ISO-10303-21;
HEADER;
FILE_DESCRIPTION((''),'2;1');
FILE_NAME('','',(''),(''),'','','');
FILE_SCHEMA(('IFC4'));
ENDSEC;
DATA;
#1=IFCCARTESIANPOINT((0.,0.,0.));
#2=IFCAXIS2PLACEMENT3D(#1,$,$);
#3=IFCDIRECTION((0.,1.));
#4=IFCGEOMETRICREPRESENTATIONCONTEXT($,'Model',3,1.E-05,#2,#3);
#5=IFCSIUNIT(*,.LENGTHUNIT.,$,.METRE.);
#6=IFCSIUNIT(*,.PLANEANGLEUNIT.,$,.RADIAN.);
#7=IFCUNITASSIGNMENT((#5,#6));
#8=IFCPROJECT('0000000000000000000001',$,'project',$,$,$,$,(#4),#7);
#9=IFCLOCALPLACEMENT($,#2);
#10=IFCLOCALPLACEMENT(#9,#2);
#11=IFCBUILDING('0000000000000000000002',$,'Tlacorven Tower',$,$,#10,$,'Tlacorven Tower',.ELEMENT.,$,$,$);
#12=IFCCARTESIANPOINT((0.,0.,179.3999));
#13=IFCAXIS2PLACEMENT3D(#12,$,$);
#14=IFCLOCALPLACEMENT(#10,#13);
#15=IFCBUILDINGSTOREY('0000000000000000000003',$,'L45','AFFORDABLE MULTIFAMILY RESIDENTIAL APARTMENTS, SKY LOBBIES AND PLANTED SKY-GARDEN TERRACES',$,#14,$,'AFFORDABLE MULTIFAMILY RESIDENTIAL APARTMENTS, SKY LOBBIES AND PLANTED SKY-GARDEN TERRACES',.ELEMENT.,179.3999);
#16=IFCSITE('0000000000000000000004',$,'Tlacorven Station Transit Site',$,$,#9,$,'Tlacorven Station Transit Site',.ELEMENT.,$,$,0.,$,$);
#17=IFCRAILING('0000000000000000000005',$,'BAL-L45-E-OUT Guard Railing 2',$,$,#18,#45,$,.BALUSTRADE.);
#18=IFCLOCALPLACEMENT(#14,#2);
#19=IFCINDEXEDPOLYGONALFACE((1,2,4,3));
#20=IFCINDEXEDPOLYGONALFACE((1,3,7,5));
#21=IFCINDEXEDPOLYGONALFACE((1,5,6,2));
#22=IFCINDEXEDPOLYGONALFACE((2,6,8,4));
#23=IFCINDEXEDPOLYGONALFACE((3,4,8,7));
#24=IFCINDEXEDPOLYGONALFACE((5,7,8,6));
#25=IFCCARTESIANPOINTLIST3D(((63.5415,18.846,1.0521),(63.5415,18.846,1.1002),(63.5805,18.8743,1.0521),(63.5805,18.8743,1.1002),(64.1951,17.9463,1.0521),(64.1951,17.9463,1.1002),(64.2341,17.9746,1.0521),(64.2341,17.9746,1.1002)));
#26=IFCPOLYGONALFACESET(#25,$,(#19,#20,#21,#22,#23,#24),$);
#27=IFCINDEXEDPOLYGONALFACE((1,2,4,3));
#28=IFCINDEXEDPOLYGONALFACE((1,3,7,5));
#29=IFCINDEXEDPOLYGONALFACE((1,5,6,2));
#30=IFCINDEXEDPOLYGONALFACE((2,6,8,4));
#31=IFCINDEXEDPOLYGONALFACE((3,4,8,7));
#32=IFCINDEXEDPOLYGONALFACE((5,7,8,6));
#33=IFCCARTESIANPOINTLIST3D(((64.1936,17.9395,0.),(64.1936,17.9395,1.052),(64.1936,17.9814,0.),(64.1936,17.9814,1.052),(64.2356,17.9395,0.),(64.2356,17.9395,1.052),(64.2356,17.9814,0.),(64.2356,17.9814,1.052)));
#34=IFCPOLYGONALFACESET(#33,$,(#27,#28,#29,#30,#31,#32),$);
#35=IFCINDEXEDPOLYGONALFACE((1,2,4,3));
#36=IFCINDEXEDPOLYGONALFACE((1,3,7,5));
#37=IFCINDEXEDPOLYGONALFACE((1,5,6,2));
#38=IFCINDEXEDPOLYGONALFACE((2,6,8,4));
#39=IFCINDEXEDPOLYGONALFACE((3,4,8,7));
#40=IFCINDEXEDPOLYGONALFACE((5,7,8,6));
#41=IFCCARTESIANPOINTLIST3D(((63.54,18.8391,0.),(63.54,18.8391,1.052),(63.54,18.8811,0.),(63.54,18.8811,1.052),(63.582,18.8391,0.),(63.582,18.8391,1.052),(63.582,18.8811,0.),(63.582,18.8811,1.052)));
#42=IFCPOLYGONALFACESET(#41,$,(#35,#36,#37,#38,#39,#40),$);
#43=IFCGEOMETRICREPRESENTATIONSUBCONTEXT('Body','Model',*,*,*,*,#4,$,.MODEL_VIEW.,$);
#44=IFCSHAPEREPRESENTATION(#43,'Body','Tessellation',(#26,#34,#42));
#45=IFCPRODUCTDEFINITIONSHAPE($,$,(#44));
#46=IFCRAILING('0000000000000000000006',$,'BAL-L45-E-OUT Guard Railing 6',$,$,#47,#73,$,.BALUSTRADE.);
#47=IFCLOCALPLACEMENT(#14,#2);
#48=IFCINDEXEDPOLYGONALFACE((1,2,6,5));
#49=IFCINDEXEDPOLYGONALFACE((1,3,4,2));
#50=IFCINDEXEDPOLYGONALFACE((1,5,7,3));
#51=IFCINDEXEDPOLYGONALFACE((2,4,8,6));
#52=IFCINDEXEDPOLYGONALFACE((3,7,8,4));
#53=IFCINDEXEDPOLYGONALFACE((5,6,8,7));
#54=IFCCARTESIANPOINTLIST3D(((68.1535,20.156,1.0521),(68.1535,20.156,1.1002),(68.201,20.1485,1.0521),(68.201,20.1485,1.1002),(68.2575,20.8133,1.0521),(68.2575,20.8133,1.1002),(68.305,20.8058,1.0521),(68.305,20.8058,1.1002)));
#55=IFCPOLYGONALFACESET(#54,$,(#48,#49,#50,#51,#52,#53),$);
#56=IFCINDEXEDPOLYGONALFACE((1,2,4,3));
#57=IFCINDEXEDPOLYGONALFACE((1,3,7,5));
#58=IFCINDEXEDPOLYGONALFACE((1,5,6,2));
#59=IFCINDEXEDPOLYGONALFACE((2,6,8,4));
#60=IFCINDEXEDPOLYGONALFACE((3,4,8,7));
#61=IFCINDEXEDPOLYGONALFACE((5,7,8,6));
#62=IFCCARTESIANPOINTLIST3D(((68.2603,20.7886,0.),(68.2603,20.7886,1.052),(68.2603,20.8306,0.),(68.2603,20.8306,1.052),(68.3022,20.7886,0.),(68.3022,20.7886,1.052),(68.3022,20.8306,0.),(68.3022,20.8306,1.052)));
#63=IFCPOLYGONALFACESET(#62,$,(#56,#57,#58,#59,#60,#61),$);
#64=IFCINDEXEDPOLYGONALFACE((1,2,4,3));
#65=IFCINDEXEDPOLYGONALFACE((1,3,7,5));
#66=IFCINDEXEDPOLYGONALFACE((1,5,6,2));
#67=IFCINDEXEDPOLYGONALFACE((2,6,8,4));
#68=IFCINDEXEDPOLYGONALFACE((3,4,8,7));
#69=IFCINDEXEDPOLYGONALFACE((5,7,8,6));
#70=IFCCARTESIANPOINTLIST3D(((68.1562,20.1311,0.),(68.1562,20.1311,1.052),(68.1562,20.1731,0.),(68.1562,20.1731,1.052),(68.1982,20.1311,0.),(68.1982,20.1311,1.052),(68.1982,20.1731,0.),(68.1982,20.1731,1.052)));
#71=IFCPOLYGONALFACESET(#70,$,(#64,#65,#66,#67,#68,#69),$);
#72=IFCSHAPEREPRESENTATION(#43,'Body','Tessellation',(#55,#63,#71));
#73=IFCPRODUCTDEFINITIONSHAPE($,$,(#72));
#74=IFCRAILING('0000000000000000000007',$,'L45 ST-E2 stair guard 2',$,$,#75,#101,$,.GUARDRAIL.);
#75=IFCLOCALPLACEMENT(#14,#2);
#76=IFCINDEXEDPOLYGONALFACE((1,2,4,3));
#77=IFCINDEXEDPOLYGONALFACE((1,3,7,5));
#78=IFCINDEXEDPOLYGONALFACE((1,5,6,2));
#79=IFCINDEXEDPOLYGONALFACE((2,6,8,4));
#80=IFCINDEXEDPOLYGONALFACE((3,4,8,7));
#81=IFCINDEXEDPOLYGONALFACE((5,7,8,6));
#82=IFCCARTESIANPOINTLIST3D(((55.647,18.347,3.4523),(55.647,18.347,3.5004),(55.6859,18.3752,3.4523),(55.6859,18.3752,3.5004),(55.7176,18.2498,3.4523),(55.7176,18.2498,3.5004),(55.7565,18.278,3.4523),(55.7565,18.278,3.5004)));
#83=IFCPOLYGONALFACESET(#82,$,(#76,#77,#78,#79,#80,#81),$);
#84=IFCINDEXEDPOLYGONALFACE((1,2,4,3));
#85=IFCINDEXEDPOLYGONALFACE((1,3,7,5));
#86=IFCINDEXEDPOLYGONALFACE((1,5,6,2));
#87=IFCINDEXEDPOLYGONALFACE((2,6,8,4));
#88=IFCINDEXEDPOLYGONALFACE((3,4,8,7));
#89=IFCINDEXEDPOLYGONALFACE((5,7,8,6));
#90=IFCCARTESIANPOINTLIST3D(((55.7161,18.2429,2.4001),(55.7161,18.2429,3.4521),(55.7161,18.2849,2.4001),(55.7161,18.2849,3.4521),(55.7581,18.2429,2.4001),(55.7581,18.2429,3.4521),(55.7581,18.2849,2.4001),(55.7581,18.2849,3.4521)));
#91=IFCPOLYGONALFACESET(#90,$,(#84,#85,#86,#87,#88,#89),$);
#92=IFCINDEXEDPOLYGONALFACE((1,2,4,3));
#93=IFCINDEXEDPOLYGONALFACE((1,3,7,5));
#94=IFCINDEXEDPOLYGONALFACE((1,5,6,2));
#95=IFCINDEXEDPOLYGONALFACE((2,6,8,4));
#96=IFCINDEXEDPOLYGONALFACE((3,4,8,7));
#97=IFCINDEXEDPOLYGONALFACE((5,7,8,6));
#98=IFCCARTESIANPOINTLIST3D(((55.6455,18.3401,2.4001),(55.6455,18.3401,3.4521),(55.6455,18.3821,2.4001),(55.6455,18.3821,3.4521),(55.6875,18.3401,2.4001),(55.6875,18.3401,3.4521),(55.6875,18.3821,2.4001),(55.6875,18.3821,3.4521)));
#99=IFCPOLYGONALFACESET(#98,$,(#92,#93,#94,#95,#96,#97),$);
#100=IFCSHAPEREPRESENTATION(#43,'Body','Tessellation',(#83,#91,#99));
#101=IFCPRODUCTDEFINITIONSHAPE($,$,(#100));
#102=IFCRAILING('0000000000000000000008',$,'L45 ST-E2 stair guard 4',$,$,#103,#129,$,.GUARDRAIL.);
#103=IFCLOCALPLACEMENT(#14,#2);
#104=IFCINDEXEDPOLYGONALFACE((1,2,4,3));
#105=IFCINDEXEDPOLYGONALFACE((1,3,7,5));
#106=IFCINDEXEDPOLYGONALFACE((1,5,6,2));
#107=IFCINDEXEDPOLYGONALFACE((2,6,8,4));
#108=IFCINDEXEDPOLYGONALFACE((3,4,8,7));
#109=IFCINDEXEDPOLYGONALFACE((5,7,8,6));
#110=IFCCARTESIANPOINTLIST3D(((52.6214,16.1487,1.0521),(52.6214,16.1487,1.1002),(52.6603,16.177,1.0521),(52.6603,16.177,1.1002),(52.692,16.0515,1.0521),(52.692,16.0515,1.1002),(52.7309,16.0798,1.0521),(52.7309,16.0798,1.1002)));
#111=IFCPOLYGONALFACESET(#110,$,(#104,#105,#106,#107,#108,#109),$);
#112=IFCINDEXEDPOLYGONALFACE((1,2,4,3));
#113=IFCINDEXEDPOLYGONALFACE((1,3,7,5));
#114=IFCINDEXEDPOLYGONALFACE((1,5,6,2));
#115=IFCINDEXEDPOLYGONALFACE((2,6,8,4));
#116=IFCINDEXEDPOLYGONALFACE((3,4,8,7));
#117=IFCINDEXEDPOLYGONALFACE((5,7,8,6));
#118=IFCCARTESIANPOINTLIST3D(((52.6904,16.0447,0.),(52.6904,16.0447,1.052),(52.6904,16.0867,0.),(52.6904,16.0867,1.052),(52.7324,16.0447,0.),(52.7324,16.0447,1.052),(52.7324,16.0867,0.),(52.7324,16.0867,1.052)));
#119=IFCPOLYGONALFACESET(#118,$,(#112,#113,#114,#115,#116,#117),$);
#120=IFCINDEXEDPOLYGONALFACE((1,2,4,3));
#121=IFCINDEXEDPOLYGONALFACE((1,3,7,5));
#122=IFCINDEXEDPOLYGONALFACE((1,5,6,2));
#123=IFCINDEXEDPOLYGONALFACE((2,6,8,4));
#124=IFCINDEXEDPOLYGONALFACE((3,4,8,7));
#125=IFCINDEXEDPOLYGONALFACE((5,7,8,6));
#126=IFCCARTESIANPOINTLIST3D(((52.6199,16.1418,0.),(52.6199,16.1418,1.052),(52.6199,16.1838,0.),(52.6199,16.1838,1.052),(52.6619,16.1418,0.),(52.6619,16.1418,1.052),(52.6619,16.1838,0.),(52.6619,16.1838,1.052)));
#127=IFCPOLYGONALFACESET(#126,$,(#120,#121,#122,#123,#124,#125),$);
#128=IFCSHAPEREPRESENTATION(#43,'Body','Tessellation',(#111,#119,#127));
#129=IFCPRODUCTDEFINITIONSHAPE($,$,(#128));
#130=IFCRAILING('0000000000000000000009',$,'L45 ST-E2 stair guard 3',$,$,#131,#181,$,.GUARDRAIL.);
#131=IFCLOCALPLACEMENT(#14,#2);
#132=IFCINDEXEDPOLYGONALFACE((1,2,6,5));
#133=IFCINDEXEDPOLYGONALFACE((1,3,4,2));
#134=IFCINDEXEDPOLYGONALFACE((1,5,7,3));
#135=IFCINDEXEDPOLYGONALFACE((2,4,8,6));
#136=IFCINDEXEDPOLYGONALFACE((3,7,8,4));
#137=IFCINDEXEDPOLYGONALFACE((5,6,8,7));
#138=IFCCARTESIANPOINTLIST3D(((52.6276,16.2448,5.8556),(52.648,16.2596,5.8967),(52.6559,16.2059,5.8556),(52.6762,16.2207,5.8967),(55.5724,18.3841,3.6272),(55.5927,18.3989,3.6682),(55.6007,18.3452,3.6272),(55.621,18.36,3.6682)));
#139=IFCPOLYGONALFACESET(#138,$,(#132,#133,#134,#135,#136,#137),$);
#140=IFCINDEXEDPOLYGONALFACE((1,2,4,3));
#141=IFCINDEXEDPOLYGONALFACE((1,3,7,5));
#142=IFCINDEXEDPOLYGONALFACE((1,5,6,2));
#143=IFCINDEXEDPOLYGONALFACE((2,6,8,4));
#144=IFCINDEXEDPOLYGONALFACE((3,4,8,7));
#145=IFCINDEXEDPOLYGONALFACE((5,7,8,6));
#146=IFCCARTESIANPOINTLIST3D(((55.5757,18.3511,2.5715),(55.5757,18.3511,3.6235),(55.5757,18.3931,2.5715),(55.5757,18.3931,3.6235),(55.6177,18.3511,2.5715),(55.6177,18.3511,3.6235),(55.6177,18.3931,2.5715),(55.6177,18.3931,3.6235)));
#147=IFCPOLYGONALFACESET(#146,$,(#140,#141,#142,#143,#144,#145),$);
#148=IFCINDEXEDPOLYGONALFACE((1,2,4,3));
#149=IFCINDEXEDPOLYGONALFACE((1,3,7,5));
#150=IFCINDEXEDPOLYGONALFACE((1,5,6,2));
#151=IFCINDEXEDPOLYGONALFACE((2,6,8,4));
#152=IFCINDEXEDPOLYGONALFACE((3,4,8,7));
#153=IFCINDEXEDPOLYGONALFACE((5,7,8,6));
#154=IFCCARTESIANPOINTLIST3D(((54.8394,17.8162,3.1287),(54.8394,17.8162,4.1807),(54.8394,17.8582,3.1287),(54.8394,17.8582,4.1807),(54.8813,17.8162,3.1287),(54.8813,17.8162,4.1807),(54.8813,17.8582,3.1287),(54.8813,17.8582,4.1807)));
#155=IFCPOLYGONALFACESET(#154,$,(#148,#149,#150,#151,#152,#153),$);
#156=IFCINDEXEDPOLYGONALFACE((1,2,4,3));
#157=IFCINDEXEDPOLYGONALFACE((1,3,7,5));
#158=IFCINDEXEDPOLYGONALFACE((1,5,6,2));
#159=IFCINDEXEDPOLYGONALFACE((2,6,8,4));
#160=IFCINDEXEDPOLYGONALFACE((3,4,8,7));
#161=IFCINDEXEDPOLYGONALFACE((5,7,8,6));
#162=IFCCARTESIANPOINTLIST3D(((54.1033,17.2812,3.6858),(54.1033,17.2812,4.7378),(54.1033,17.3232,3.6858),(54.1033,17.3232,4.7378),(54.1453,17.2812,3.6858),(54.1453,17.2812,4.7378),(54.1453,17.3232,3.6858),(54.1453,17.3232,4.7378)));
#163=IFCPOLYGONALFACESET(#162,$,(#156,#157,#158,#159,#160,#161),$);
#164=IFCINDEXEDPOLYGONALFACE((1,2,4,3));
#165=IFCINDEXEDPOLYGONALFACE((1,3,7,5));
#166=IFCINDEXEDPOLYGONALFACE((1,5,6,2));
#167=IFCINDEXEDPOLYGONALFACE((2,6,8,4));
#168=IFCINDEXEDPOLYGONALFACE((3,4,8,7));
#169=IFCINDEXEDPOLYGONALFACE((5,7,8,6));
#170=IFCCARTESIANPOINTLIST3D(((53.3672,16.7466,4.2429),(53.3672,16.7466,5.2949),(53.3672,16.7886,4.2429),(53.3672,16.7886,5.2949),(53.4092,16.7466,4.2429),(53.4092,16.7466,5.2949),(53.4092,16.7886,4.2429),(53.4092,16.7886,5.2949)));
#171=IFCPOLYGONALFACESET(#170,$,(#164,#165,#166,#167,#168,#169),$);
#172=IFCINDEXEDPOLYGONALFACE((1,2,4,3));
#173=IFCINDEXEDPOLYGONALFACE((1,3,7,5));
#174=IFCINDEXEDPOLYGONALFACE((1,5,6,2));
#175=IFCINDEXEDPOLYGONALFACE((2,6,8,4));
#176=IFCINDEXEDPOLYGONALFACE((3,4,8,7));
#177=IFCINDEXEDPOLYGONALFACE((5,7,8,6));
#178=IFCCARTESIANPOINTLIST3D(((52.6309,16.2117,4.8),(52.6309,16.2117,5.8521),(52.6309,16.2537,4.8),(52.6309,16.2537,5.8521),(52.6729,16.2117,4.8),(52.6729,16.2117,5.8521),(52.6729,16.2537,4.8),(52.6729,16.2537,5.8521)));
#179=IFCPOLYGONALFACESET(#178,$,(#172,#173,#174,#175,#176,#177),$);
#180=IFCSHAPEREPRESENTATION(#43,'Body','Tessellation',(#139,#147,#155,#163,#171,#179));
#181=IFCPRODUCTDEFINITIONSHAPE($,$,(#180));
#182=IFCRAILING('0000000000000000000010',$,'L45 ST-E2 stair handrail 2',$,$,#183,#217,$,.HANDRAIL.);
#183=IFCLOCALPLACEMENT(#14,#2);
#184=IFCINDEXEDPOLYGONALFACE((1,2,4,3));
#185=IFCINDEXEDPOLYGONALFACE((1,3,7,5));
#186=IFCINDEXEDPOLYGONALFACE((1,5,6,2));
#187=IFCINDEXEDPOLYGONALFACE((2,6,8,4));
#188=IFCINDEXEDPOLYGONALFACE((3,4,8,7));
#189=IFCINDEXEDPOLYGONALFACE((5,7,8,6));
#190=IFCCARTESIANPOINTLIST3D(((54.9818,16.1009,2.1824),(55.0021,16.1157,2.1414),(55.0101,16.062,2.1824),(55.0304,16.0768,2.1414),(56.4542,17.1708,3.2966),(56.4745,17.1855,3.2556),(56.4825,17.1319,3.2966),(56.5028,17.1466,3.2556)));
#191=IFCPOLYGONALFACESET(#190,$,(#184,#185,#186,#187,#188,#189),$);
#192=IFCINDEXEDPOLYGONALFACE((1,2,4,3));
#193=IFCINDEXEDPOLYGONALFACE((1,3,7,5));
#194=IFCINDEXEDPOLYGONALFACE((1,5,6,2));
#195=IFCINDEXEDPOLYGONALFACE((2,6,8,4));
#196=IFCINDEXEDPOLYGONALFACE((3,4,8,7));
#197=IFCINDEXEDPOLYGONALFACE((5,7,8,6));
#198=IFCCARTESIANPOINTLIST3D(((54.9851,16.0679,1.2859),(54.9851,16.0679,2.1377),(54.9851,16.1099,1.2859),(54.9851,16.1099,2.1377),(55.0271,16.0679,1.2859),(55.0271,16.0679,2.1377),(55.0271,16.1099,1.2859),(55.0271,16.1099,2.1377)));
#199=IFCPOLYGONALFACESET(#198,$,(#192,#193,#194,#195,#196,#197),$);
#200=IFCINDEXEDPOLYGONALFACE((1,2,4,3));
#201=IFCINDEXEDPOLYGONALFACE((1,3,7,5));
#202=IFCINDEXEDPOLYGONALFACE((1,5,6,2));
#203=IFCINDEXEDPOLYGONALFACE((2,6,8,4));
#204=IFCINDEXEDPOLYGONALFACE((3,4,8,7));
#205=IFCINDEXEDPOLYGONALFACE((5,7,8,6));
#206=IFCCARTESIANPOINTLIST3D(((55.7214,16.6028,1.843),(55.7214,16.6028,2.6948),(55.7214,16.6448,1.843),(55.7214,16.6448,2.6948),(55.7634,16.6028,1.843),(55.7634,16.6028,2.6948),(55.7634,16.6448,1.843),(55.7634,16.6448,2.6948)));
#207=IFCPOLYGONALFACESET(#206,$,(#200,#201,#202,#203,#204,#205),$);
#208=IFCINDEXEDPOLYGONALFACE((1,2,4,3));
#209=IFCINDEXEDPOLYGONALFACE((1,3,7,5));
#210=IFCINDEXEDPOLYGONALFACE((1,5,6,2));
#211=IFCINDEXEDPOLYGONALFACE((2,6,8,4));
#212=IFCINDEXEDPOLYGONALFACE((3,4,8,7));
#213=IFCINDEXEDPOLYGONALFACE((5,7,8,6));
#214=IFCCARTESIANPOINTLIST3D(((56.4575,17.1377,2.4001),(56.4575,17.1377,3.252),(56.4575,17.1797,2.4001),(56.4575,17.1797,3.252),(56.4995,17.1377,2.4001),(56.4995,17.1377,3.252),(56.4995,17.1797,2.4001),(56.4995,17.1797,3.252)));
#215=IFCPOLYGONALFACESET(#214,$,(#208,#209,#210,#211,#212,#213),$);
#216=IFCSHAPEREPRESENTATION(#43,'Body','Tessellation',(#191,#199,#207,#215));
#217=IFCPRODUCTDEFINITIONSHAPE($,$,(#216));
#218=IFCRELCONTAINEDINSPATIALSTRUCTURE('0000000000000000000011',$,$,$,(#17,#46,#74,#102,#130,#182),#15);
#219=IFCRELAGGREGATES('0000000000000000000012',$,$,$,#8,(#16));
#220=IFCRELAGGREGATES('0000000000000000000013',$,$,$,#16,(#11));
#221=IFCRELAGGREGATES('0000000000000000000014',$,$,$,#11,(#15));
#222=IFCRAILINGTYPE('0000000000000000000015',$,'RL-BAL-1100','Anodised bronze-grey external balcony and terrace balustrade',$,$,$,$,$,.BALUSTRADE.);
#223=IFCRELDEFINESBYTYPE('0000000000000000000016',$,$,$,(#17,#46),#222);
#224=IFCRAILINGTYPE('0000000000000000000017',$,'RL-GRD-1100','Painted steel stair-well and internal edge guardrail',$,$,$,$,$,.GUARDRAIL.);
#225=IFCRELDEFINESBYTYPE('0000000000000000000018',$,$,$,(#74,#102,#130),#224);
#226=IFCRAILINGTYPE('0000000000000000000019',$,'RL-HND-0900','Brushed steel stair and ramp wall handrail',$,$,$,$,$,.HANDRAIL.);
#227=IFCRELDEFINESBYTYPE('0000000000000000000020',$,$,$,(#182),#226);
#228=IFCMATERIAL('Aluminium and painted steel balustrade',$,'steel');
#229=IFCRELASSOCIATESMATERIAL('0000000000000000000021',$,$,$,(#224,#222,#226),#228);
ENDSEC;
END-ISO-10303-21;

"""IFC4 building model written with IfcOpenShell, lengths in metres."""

from ifc_helpers import new_model, si_unit, direction, frame, origin, origin_2d, place, context, subcontext, project, spatial, rectangle, extrude, source, transform, mapped, material, type_object, element, save


model = new_model("IFC4")

# Units and contexts
model_context = context("Model", 3, precision=1e-05, world=origin(), true_north=direction((0.0, 1.0)))
body_context = subcontext(model_context, "Body", "Model", "MODEL_VIEW")
ifc_project = project(units=[si_unit("LENGTHUNIT", "METRE"), si_unit("PLANEANGLEUNIT", "RADIAN")], contexts=[model_context])

# Site, building, storey
site_placement = place(None, origin())
site = spatial("IfcSite", under=ifc_project, at=site_placement, Name="Tlacorven Station Transit Site", LongName="Tlacorven Station Transit Site", CompositionType="ELEMENT", RefElevation=0.0)
building_placement = place(site_placement, origin())
building = spatial("IfcBuilding", under=site, at=building_placement, Name="Tlacorven Tower", LongName="Tlacorven Tower", CompositionType="ELEMENT")
storey_placement = place(building_placement, frame((0.0, 0.0, 179.3999)))
storey = spatial("IfcBuildingStorey", under=building, at=storey_placement, Name="L45", Description="AFFORDABLE MULTIFAMILY RESIDENTIAL APARTMENTS, SKY LOBBIES AND PLANTED SKY-GARDEN TERRACES", LongName="AFFORDABLE MULTIFAMILY RESIDENTIAL APARTMENTS, SKY LOBBIES AND PLANTED SKY-GARDEN TERRACES", CompositionType="ELEMENT", Elevation=179.3999)

# Railings
ifc_material_1 = material(Name="Aluminium and painted steel balustrade", Category="steel")
railing_type_1 = type_object("IfcRailingType", Name="RL-GRD-1100", Description="Painted steel stair-well and internal edge guardrail", PredefinedType="GUARDRAIL", material=ifc_material_1)
railing_type_2 = type_object("IfcRailingType", Name="RL-BAL-1100", Description="Anodised bronze-grey external balcony and terrace balustrade", PredefinedType="BALUSTRADE", material=ifc_material_1)
shared_shape_1 = source(origin(), body_context, "Body", "SweptSolid", [
    extrude(rectangle(XDim=0.0481, YDim=0.0481, at=origin_2d()), frame((0.0, 0.0, 1.0762), z_axis=(-0.587741, 0.809049, 0.0), x_axis=(-0.809049, -0.587741, 0.0)), (0.0, 0.0, 1.0), 1.1121),
    extrude(rectangle(XDim=0.042, YDim=0.042, at=origin_2d()), origin(), (0.0, 0.0, 1.0), 1.052),
    extrude(rectangle(XDim=0.042, YDim=0.042, at=origin_2d()), frame((-0.6536, 0.8997, 0.0)), (0.0, 0.0, 1.0), 1.052),
])
railing_1_placement = place(storey_placement, frame((64.2146, 17.9604, 0.0)))
element("IfcRailing", 1, at=railing_1_placement, inside=storey, type_object=railing_type_2, Name="BAL-L45-E-OUT Guard Railing 2", PredefinedType="BALUSTRADE", context=body_context, shape_type="MappedRepresentation", body=[
    mapped(shared_shape_1, transform((0.0, 0.0, 0.0), scale=1.0)),
])
shared_shape_2 = source(origin(), body_context, "Body", "SweptSolid", [
    extrude(rectangle(XDim=0.0481, YDim=0.0481, at=origin_2d()), frame((0.0, 0.0, 1.0762), z_axis=(-0.156245, -0.987718, 0.0), x_axis=(0.987718, -0.156245, 0.0)), (0.0, 0.0, 1.0), 0.6655),
    extrude(rectangle(XDim=0.042, YDim=0.042, at=origin_2d()), origin(), (0.0, 0.0, 1.0), 1.052),
    extrude(rectangle(XDim=0.042, YDim=0.042, at=origin_2d()), frame((-0.104, -0.6575, 0.0)), (0.0, 0.0, 1.0), 1.052),
])
railing_2_placement = place(storey_placement, frame((68.2812, 20.8096, 0.0)))
element("IfcRailing", 2, at=railing_2_placement, inside=storey, type_object=railing_type_2, Name="BAL-L45-E-OUT Guard Railing 6", PredefinedType="BALUSTRADE", context=body_context, shape_type="MappedRepresentation", body=[
    mapped(shared_shape_2, transform((0.0, 0.0, 0.0), scale=1.0)),
])
shared_shape_3 = source(origin(), body_context, "Body", "SweptSolid", [
    extrude(rectangle(XDim=0.0481, YDim=0.0481, at=origin_2d()), frame((0.0, 0.0, 1.0762), z_axis=(-0.587567, 0.809175, 0.0), x_axis=(-0.809175, -0.587567, 0.0)), (0.0, 0.0, 1.0), 0.1201),
    extrude(rectangle(XDim=0.042, YDim=0.042, at=origin_2d()), origin(), (0.0, 0.0, 1.0), 1.052),
    extrude(rectangle(XDim=0.042, YDim=0.042, at=origin_2d()), frame((-0.0706, 0.0972, 0.0)), (0.0, 0.0, 1.0), 1.052),
])
for number, where, name in (
    (3, (55.7371, 18.2639, 2.4001), "L45 ST-E2 stair guard 2"),
    (4, (52.7114, 16.0657, 0.0), "L45 ST-E2 stair guard 4"),
):
    element("IfcRailing", number, at=place(storey_placement, frame(where)), inside=storey, type_object=railing_type_1, Name=name, PredefinedType="GUARDRAIL", context=body_context, shape_type="MappedRepresentation", body=[
        mapped(shared_shape_3, transform((0.0, 0.0, 0.0), scale=1.0)),
    ])
shared_shape_4 = source(origin(), body_context, "Body", "SweptSolid", [
    extrude(rectangle(XDim=0.0481, YDim=0.0481, at=origin_2d()), frame((0.0, 0.0, 1.0762), z_axis=(-0.689987, -0.501273, 0.522152), x_axis=(0.587761, -0.809035, 0.0)), (0.0, 0.0, 1.0), 4.2678),
    extrude(rectangle(XDim=0.042, YDim=0.042, at=origin_2d()), origin(), (0.0, 0.0, 1.0), 1.052),
    extrude(rectangle(XDim=0.042, YDim=0.042, at=origin_2d()), frame((-0.7363, -0.5349, 0.5571)), (0.0, 0.0, 1.0), 1.052),
    extrude(rectangle(XDim=0.042, YDim=0.042, at=origin_2d()), frame((-1.4724, -1.0698, 1.1143)), (0.0, 0.0, 1.0), 1.052),
    extrude(rectangle(XDim=0.042, YDim=0.042, at=origin_2d()), frame((-2.2085, -1.6045, 1.6714)), (0.0, 0.0, 1.0), 1.052),
    extrude(rectangle(XDim=0.042, YDim=0.042, at=origin_2d()), frame((-2.9448, -2.1394, 2.2285)), (0.0, 0.0, 1.0), 1.052),
])
railing_3_placement = place(storey_placement, frame((55.5967, 18.3721, 2.5715)))
element("IfcRailing", 5, at=railing_3_placement, inside=storey, type_object=railing_type_1, Name="L45 ST-E2 stair guard 3", PredefinedType="GUARDRAIL", context=body_context, shape_type="MappedRepresentation", body=[
    mapped(shared_shape_4, transform((0.0, 0.0, 0.0), scale=1.0)),
])
railing_type_3 = type_object("IfcRailingType", Name="RL-HND-0900", Description="Brushed steel stair and ramp wall handrail", PredefinedType="HANDRAIL", material=ifc_material_1)
shared_shape_5 = source(origin(), body_context, "Body", "SweptSolid", [
    extrude(rectangle(XDim=0.0481, YDim=0.0481, at=origin_2d()), frame((0.0, 0.0, 0.876), z_axis=(0.689967, 0.501316, 0.522137), x_axis=(-0.587805, 0.809003, 0.0)), (0.0, 0.0, 1.0), 2.134),
    extrude(rectangle(XDim=0.042, YDim=0.042, at=origin_2d()), origin(), (0.0, 0.0, 1.0), 0.8518),
    extrude(rectangle(XDim=0.042, YDim=0.042, at=origin_2d()), frame((0.7363, 0.5349, 0.5571)), (0.0, 0.0, 1.0), 0.8518),
    extrude(rectangle(XDim=0.042, YDim=0.042, at=origin_2d()), frame((1.4724, 1.0698, 1.1143)), (0.0, 0.0, 1.0), 0.8518),
])
railing_4_placement = place(storey_placement, frame((55.0061, 16.0889, 1.2859)))
element("IfcRailing", 6, at=railing_4_placement, inside=storey, type_object=railing_type_3, Name="L45 ST-E2 stair handrail 2", PredefinedType="HANDRAIL", context=body_context, shape_type="MappedRepresentation", body=[
    mapped(shared_shape_5, transform((0.0, 0.0, 0.0), scale=1.0)),
])

save(model, "model.ifc")
